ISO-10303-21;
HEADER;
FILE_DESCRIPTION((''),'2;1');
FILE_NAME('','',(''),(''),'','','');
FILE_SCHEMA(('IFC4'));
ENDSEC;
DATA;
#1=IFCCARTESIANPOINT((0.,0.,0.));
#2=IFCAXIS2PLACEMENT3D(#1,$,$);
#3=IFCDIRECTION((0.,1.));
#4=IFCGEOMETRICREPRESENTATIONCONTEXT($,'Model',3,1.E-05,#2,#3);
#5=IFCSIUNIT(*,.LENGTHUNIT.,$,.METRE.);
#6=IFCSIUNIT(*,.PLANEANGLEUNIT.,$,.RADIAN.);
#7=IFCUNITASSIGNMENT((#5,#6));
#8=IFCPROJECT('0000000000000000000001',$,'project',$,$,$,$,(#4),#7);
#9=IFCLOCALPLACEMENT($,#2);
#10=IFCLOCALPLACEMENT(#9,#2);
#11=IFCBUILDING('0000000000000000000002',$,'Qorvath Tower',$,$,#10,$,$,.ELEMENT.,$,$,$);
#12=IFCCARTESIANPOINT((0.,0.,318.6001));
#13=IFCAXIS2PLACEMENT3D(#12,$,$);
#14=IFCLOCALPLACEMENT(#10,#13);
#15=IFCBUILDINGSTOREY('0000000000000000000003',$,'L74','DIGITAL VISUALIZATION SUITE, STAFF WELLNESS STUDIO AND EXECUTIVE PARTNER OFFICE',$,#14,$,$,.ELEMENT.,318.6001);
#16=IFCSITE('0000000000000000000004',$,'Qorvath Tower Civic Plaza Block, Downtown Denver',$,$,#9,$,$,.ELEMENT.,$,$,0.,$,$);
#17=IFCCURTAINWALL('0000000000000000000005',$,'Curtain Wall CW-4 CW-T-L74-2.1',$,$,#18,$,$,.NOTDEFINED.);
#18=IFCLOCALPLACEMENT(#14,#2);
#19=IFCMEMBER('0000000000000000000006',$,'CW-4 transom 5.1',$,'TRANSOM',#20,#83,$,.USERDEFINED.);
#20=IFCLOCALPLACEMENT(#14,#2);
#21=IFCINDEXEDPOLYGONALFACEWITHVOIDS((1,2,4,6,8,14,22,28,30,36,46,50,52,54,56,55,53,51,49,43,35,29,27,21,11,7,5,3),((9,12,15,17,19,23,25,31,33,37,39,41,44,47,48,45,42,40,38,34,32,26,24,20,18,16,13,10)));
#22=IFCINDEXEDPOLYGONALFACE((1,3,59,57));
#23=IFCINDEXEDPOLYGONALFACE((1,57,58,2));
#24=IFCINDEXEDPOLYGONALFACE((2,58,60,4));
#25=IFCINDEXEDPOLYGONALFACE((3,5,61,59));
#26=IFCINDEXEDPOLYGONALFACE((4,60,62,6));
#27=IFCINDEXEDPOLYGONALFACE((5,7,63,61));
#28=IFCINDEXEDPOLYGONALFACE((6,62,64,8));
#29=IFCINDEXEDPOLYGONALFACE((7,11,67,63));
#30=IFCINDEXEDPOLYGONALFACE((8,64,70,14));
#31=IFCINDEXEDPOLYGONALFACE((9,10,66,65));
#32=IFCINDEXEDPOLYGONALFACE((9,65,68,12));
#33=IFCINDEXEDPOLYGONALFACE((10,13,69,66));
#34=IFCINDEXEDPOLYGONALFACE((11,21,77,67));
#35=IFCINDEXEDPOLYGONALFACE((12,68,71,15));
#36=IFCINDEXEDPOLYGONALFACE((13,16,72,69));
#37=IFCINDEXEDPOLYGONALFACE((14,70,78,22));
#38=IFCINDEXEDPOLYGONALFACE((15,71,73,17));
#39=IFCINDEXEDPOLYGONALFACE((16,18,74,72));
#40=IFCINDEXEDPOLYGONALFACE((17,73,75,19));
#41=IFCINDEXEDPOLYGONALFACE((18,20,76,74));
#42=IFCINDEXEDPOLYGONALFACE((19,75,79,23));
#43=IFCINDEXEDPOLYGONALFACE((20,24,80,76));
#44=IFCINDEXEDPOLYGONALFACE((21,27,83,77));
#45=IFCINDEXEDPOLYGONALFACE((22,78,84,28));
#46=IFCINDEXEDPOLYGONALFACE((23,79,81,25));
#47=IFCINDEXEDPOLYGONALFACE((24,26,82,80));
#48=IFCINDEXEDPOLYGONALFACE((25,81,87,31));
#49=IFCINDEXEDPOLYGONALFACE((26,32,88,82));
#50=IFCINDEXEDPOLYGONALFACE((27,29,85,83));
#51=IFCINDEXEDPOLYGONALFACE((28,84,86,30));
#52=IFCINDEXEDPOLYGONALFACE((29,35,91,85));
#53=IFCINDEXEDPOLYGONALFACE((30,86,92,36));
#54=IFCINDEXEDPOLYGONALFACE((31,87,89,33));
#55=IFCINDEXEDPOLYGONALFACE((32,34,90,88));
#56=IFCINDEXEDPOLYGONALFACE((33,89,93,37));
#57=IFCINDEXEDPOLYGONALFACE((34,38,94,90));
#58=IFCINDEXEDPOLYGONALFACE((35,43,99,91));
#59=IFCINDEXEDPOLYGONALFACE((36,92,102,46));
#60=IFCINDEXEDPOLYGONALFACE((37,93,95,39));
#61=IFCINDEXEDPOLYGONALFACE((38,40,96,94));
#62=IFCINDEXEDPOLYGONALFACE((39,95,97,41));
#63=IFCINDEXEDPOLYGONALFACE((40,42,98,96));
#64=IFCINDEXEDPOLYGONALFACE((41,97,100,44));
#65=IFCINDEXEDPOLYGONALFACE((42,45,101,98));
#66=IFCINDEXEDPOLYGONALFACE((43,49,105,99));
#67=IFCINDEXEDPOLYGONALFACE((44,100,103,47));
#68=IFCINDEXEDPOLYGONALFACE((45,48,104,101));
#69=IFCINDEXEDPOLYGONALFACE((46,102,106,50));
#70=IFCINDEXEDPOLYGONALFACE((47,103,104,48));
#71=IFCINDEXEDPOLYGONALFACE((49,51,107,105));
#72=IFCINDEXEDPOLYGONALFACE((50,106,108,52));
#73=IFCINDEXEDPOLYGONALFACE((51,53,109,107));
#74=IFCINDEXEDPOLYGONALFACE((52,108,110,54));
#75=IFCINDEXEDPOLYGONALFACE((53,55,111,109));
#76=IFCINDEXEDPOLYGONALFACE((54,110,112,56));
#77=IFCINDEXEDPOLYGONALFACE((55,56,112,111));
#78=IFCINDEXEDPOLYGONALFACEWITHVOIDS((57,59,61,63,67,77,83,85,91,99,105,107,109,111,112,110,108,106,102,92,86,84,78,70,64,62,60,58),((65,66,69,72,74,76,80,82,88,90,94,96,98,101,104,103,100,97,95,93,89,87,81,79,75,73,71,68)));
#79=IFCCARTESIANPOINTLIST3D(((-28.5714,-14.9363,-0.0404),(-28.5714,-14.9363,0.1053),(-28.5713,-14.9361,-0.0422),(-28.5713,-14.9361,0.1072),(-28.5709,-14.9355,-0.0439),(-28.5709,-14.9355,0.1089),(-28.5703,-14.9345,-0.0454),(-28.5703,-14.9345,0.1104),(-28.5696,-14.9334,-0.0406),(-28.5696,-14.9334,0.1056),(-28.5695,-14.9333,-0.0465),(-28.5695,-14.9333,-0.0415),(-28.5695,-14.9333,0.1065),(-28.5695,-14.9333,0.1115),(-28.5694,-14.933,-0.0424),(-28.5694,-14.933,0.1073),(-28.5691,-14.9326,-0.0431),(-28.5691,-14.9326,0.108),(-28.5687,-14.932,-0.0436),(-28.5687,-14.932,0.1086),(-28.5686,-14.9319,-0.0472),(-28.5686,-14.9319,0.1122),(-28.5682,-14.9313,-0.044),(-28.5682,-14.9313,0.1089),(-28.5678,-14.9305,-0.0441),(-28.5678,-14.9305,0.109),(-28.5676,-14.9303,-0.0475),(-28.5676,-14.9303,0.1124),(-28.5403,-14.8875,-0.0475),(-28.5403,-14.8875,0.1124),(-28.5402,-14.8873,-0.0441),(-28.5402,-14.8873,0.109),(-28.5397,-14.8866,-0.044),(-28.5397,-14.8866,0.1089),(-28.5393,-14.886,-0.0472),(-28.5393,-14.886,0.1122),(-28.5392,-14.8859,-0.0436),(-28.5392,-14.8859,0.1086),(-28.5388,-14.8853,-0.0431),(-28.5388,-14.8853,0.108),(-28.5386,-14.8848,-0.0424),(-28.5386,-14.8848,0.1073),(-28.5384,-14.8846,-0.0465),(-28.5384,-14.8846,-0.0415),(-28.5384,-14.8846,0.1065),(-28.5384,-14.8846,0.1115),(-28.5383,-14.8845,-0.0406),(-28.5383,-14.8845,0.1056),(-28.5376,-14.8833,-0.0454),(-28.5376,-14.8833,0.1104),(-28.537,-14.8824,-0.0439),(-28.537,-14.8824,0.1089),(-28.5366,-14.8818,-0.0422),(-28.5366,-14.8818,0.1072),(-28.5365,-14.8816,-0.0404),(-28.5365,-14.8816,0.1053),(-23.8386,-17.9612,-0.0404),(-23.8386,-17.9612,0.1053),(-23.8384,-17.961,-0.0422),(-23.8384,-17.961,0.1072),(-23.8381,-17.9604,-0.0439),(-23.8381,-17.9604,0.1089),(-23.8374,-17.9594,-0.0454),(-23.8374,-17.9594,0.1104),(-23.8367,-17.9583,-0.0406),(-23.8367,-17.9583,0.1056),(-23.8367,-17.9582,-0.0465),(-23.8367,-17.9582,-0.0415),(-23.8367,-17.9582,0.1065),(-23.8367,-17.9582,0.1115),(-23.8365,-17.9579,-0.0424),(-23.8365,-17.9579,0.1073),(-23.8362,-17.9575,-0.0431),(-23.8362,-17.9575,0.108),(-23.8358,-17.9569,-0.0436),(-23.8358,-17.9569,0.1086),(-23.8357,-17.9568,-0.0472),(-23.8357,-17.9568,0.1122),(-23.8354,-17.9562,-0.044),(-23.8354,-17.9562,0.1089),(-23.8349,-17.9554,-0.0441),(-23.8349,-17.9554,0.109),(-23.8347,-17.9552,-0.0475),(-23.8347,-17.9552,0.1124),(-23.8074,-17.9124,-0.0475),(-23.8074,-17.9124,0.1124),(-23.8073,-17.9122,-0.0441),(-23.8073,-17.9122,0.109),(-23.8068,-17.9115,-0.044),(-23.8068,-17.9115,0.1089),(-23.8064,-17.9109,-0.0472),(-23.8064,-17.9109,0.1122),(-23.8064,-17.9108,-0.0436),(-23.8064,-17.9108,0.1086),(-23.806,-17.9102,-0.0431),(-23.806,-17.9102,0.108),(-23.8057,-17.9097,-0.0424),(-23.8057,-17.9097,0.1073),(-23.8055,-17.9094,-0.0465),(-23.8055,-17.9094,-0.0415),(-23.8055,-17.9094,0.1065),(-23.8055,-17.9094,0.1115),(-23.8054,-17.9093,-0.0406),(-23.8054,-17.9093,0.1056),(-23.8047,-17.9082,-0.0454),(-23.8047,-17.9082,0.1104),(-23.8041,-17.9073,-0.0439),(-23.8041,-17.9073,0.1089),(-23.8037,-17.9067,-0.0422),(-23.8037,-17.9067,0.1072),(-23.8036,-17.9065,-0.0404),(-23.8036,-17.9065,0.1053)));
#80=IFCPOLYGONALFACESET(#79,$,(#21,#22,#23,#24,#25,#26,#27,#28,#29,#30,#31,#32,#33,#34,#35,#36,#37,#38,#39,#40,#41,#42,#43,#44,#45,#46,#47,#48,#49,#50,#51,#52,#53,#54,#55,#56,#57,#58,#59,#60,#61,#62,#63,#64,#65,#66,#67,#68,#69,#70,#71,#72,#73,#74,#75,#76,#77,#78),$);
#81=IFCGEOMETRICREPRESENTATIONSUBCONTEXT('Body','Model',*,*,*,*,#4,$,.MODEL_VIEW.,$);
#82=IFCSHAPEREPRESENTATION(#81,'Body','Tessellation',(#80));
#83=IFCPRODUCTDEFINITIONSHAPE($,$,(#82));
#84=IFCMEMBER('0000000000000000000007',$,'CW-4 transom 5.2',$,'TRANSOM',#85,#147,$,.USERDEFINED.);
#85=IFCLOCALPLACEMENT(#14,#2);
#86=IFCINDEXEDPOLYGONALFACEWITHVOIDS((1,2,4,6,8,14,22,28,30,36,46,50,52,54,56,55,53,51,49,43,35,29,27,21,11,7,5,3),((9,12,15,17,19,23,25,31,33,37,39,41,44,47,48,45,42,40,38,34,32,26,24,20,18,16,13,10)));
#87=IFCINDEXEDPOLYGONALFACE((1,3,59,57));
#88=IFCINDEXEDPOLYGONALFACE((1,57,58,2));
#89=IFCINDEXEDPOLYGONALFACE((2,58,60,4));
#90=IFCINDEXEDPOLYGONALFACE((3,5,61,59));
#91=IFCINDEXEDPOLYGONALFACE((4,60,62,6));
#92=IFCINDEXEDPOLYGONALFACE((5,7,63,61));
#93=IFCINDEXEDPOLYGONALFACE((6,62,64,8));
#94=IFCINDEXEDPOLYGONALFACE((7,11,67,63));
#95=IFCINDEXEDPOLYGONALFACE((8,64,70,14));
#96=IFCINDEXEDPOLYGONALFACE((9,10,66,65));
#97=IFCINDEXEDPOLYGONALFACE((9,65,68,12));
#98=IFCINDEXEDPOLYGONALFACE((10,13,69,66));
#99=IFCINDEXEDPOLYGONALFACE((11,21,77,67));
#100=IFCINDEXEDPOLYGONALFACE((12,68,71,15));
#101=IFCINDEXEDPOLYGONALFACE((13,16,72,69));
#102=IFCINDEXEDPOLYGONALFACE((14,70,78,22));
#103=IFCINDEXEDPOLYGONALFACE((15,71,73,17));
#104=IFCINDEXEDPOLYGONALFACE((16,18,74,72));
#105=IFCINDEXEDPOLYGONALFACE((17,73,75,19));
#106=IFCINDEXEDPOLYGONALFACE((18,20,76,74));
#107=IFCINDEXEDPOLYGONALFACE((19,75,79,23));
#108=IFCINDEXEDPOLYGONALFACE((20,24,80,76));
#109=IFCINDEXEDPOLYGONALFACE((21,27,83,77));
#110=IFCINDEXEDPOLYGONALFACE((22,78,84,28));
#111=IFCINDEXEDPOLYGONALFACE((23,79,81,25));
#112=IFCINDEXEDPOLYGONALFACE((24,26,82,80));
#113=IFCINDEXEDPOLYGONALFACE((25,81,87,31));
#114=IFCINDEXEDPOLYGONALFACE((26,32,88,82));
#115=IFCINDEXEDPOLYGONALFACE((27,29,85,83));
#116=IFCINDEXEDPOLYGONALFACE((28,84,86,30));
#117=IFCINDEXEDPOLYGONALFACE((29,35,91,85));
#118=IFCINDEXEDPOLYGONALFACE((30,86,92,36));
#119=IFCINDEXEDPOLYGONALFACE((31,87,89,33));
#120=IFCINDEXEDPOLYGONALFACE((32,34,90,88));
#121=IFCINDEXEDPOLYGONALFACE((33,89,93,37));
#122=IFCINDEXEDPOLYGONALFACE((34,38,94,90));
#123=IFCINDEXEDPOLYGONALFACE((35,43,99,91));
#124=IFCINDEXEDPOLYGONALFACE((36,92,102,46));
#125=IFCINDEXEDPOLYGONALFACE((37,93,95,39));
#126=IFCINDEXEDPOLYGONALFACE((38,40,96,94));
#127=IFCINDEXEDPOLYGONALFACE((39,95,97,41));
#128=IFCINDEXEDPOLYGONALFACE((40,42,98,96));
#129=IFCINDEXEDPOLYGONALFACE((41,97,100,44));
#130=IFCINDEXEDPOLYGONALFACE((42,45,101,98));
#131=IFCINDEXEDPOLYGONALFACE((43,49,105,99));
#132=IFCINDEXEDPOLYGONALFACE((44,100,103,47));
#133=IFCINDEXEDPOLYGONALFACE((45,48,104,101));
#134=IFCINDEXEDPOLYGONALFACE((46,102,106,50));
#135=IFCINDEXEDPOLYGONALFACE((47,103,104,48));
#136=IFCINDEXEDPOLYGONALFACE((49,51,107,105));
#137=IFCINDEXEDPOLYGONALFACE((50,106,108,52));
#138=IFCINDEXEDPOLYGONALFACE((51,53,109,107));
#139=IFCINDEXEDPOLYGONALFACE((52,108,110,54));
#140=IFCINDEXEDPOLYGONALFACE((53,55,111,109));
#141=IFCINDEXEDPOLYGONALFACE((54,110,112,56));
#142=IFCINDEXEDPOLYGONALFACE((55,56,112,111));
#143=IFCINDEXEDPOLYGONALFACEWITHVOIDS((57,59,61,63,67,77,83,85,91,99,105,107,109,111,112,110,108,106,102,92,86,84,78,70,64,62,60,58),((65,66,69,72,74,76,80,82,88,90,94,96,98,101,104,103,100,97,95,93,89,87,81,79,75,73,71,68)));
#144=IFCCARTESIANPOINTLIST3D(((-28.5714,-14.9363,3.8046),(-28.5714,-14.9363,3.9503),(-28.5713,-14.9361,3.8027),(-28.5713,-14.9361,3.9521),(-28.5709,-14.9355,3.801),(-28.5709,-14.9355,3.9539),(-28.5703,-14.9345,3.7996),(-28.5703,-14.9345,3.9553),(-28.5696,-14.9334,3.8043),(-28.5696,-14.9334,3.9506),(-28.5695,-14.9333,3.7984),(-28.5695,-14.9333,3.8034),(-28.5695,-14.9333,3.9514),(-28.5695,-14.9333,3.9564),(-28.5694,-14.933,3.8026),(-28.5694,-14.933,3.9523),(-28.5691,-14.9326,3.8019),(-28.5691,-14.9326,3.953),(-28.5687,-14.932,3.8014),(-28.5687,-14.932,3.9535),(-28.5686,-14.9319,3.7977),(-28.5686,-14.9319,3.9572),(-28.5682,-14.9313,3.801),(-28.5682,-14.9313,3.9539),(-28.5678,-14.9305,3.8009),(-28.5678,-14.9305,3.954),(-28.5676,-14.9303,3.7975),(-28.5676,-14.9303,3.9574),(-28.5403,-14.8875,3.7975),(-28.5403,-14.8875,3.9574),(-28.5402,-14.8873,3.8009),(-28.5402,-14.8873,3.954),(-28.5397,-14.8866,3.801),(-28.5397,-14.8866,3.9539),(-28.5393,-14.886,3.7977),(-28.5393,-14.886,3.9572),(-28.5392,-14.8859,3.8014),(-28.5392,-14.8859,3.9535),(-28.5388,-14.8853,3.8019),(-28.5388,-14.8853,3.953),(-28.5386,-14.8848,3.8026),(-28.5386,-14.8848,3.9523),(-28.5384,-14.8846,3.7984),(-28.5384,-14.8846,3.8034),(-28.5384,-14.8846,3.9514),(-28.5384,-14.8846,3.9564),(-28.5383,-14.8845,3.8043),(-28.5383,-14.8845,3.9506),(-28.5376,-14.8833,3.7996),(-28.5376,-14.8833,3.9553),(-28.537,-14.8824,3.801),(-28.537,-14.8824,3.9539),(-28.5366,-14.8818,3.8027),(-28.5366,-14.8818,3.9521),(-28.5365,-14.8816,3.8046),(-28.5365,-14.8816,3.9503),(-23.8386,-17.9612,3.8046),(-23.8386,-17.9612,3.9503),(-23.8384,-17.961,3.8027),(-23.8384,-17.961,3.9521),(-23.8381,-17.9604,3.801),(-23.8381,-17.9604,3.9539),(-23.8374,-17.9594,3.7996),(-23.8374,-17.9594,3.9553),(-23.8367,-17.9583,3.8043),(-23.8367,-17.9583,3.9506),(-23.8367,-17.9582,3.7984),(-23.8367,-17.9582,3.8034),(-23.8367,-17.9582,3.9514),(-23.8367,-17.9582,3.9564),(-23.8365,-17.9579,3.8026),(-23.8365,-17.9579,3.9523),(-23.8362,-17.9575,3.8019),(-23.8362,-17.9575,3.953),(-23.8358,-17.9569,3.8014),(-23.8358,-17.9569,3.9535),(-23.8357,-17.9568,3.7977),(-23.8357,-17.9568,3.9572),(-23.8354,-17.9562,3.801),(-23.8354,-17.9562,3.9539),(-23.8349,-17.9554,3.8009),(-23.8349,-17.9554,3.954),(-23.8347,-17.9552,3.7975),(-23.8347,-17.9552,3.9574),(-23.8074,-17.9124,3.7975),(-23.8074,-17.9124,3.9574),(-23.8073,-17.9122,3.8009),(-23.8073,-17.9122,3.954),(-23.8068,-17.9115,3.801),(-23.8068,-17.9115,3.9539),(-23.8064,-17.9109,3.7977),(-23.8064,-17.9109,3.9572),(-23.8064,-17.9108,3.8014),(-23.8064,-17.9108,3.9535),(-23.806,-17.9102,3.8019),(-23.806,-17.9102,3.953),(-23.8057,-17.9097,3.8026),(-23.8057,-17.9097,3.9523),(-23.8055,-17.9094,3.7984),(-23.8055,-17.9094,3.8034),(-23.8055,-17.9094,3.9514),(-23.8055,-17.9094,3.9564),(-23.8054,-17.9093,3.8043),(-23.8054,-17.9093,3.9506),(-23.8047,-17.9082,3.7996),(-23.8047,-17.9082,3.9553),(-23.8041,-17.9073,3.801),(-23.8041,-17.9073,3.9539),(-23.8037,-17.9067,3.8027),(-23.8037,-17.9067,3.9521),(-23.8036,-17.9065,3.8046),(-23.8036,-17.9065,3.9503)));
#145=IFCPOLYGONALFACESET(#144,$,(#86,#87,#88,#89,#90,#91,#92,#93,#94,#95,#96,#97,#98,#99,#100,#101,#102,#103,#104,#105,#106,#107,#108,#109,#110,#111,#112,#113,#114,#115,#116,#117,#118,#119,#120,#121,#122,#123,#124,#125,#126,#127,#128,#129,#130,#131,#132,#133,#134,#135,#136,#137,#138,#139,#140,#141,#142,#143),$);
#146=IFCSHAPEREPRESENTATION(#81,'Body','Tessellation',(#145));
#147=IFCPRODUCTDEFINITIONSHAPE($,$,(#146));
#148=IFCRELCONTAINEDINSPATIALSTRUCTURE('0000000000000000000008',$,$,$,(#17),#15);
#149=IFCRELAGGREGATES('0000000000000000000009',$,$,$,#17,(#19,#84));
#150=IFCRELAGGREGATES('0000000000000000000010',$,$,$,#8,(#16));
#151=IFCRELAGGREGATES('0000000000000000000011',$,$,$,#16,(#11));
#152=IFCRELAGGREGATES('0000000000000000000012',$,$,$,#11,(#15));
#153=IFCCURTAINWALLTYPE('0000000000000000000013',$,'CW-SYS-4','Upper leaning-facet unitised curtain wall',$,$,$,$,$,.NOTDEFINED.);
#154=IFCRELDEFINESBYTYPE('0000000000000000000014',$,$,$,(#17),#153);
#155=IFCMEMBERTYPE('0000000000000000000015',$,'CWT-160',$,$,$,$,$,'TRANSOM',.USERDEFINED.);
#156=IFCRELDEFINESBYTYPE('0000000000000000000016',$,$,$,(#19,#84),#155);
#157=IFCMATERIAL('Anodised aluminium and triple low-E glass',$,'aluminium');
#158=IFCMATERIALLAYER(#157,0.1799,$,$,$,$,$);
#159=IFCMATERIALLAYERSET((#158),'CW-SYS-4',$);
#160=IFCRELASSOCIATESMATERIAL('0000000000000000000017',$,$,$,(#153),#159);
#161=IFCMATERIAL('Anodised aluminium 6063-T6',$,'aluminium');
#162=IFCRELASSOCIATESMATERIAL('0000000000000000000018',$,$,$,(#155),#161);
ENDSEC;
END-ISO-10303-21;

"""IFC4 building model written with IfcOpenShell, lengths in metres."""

from ifc_helpers import new_model, si_unit, direction, frame, origin, origin_2d, place, context, subcontext, project, spatial, hollow_rectangle, extrude, material, layer, layer_set, material_profile, profile_set, type_object, element, aggregate, save


model = new_model("IFC4")

# Units and contexts
model_context = context("Model", 3, precision=1e-05, world=origin(), true_north=direction((0.0, 1.0)))
body_context = subcontext(model_context, "Body", "Model", "MODEL_VIEW")
ifc_project = project(units=[si_unit("LENGTHUNIT", "METRE"), si_unit("PLANEANGLEUNIT", "RADIAN")], contexts=[model_context])

# Site, building, storey
site_placement = place(None, origin())
site = spatial("IfcSite", under=ifc_project, at=site_placement, Name="Qorvath Tower Civic Plaza Block, Downtown Denver", CompositionType="ELEMENT", RefElevation=0.0)
building_placement = place(site_placement, origin())
building = spatial("IfcBuilding", under=site, at=building_placement, Name="Qorvath Tower", CompositionType="ELEMENT")
storey_placement = place(building_placement, frame((0.0, 0.0, 318.6001)))
storey = spatial("IfcBuildingStorey", under=building, at=storey_placement, Name="L74", Description="DIGITAL VISUALIZATION SUITE, STAFF WELLNESS STUDIO AND EXECUTIVE PARTNER OFFICE", CompositionType="ELEMENT", Elevation=318.6001)

# Curtain wall, members
ifc_material_1 = material(Name="Anodised aluminium and triple low-E glass", Category="aluminium")
ifc_layer_1 = layer(ifc_material_1, 0.1799)
ifc_layer_set_1 = layer_set([ifc_layer_1], Name="CW-SYS-4")
curtain_wall_type = type_object("IfcCurtainWallType", Name="CW-SYS-4", Description="Upper leaning-facet unitised curtain wall", PredefinedType="NOTDEFINED", material=ifc_layer_set_1)
curtain_wall_placement = place(storey_placement, origin())
curtain_wall = element("IfcCurtainWall", 1, at=curtain_wall_placement, inside=storey, type_object=curtain_wall_type, Name="Curtain Wall CW-4 CW-T-L74-2.1", PredefinedType="NOTDEFINED")
ifc_material_2 = material(Name="Anodised aluminium 6063-T6", Category="aluminium")
ifc_material_profile_1 = material_profile(ifc_material_2, hollow_rectangle(XDim=0.0649, YDim=0.1599, WallThickness=0.0034, InnerFilletRadius=0.0034, OuterFilletRadius=0.0071, at=origin_2d()), Name="CWT 160x65")
ifc_profile_set_1 = profile_set([ifc_material_profile_1], Name="Anodised aluminium 6063-T6")
member_type_1 = type_object("IfcMemberType", Name="CWT-160", ElementType="TRANSOM", PredefinedType="USERDEFINED", material=ifc_profile_set_1)
member_1_placement = place(storey_placement, frame((-28.554, -14.9089, 0.0325), z_axis=(0.842608, -0.538528, 0.0), x_axis=(0.538528, 0.842608, 0.0)))
member_1 = element("IfcMember", 2, at=member_1_placement, type_object=member_type_1, Name="CW-4 transom 5.1", ObjectType="TRANSOM", PredefinedType="USERDEFINED", context=body_context, shape_type="SweptSolid", body=[
    extrude(hollow_rectangle(XDim=0.0649, YDim=0.1599, WallThickness=0.0034, InnerFilletRadius=0.0034, OuterFilletRadius=0.0071, at=origin_2d()), origin(), (0.0, 0.0, 1.0), 5.6169),
])
member_2_placement = place(storey_placement, frame((-28.554, -14.9089, 3.8774), z_axis=(0.842608, -0.538528, 0.0), x_axis=(0.538528, 0.842608, 0.0)))
member_2 = element("IfcMember", 3, at=member_2_placement, type_object=member_type_1, Name="CW-4 transom 5.2", ObjectType="TRANSOM", PredefinedType="USERDEFINED", context=body_context, shape_type="SweptSolid", body=[
    extrude(hollow_rectangle(XDim=0.0649, YDim=0.1599, WallThickness=0.0034, InnerFilletRadius=0.0034, OuterFilletRadius=0.0071, at=origin_2d()), origin(), (0.0, 0.0, 1.0), 5.6169),
])
aggregate(curtain_wall, [member_1, member_2])

save(model, "model.ifc")
